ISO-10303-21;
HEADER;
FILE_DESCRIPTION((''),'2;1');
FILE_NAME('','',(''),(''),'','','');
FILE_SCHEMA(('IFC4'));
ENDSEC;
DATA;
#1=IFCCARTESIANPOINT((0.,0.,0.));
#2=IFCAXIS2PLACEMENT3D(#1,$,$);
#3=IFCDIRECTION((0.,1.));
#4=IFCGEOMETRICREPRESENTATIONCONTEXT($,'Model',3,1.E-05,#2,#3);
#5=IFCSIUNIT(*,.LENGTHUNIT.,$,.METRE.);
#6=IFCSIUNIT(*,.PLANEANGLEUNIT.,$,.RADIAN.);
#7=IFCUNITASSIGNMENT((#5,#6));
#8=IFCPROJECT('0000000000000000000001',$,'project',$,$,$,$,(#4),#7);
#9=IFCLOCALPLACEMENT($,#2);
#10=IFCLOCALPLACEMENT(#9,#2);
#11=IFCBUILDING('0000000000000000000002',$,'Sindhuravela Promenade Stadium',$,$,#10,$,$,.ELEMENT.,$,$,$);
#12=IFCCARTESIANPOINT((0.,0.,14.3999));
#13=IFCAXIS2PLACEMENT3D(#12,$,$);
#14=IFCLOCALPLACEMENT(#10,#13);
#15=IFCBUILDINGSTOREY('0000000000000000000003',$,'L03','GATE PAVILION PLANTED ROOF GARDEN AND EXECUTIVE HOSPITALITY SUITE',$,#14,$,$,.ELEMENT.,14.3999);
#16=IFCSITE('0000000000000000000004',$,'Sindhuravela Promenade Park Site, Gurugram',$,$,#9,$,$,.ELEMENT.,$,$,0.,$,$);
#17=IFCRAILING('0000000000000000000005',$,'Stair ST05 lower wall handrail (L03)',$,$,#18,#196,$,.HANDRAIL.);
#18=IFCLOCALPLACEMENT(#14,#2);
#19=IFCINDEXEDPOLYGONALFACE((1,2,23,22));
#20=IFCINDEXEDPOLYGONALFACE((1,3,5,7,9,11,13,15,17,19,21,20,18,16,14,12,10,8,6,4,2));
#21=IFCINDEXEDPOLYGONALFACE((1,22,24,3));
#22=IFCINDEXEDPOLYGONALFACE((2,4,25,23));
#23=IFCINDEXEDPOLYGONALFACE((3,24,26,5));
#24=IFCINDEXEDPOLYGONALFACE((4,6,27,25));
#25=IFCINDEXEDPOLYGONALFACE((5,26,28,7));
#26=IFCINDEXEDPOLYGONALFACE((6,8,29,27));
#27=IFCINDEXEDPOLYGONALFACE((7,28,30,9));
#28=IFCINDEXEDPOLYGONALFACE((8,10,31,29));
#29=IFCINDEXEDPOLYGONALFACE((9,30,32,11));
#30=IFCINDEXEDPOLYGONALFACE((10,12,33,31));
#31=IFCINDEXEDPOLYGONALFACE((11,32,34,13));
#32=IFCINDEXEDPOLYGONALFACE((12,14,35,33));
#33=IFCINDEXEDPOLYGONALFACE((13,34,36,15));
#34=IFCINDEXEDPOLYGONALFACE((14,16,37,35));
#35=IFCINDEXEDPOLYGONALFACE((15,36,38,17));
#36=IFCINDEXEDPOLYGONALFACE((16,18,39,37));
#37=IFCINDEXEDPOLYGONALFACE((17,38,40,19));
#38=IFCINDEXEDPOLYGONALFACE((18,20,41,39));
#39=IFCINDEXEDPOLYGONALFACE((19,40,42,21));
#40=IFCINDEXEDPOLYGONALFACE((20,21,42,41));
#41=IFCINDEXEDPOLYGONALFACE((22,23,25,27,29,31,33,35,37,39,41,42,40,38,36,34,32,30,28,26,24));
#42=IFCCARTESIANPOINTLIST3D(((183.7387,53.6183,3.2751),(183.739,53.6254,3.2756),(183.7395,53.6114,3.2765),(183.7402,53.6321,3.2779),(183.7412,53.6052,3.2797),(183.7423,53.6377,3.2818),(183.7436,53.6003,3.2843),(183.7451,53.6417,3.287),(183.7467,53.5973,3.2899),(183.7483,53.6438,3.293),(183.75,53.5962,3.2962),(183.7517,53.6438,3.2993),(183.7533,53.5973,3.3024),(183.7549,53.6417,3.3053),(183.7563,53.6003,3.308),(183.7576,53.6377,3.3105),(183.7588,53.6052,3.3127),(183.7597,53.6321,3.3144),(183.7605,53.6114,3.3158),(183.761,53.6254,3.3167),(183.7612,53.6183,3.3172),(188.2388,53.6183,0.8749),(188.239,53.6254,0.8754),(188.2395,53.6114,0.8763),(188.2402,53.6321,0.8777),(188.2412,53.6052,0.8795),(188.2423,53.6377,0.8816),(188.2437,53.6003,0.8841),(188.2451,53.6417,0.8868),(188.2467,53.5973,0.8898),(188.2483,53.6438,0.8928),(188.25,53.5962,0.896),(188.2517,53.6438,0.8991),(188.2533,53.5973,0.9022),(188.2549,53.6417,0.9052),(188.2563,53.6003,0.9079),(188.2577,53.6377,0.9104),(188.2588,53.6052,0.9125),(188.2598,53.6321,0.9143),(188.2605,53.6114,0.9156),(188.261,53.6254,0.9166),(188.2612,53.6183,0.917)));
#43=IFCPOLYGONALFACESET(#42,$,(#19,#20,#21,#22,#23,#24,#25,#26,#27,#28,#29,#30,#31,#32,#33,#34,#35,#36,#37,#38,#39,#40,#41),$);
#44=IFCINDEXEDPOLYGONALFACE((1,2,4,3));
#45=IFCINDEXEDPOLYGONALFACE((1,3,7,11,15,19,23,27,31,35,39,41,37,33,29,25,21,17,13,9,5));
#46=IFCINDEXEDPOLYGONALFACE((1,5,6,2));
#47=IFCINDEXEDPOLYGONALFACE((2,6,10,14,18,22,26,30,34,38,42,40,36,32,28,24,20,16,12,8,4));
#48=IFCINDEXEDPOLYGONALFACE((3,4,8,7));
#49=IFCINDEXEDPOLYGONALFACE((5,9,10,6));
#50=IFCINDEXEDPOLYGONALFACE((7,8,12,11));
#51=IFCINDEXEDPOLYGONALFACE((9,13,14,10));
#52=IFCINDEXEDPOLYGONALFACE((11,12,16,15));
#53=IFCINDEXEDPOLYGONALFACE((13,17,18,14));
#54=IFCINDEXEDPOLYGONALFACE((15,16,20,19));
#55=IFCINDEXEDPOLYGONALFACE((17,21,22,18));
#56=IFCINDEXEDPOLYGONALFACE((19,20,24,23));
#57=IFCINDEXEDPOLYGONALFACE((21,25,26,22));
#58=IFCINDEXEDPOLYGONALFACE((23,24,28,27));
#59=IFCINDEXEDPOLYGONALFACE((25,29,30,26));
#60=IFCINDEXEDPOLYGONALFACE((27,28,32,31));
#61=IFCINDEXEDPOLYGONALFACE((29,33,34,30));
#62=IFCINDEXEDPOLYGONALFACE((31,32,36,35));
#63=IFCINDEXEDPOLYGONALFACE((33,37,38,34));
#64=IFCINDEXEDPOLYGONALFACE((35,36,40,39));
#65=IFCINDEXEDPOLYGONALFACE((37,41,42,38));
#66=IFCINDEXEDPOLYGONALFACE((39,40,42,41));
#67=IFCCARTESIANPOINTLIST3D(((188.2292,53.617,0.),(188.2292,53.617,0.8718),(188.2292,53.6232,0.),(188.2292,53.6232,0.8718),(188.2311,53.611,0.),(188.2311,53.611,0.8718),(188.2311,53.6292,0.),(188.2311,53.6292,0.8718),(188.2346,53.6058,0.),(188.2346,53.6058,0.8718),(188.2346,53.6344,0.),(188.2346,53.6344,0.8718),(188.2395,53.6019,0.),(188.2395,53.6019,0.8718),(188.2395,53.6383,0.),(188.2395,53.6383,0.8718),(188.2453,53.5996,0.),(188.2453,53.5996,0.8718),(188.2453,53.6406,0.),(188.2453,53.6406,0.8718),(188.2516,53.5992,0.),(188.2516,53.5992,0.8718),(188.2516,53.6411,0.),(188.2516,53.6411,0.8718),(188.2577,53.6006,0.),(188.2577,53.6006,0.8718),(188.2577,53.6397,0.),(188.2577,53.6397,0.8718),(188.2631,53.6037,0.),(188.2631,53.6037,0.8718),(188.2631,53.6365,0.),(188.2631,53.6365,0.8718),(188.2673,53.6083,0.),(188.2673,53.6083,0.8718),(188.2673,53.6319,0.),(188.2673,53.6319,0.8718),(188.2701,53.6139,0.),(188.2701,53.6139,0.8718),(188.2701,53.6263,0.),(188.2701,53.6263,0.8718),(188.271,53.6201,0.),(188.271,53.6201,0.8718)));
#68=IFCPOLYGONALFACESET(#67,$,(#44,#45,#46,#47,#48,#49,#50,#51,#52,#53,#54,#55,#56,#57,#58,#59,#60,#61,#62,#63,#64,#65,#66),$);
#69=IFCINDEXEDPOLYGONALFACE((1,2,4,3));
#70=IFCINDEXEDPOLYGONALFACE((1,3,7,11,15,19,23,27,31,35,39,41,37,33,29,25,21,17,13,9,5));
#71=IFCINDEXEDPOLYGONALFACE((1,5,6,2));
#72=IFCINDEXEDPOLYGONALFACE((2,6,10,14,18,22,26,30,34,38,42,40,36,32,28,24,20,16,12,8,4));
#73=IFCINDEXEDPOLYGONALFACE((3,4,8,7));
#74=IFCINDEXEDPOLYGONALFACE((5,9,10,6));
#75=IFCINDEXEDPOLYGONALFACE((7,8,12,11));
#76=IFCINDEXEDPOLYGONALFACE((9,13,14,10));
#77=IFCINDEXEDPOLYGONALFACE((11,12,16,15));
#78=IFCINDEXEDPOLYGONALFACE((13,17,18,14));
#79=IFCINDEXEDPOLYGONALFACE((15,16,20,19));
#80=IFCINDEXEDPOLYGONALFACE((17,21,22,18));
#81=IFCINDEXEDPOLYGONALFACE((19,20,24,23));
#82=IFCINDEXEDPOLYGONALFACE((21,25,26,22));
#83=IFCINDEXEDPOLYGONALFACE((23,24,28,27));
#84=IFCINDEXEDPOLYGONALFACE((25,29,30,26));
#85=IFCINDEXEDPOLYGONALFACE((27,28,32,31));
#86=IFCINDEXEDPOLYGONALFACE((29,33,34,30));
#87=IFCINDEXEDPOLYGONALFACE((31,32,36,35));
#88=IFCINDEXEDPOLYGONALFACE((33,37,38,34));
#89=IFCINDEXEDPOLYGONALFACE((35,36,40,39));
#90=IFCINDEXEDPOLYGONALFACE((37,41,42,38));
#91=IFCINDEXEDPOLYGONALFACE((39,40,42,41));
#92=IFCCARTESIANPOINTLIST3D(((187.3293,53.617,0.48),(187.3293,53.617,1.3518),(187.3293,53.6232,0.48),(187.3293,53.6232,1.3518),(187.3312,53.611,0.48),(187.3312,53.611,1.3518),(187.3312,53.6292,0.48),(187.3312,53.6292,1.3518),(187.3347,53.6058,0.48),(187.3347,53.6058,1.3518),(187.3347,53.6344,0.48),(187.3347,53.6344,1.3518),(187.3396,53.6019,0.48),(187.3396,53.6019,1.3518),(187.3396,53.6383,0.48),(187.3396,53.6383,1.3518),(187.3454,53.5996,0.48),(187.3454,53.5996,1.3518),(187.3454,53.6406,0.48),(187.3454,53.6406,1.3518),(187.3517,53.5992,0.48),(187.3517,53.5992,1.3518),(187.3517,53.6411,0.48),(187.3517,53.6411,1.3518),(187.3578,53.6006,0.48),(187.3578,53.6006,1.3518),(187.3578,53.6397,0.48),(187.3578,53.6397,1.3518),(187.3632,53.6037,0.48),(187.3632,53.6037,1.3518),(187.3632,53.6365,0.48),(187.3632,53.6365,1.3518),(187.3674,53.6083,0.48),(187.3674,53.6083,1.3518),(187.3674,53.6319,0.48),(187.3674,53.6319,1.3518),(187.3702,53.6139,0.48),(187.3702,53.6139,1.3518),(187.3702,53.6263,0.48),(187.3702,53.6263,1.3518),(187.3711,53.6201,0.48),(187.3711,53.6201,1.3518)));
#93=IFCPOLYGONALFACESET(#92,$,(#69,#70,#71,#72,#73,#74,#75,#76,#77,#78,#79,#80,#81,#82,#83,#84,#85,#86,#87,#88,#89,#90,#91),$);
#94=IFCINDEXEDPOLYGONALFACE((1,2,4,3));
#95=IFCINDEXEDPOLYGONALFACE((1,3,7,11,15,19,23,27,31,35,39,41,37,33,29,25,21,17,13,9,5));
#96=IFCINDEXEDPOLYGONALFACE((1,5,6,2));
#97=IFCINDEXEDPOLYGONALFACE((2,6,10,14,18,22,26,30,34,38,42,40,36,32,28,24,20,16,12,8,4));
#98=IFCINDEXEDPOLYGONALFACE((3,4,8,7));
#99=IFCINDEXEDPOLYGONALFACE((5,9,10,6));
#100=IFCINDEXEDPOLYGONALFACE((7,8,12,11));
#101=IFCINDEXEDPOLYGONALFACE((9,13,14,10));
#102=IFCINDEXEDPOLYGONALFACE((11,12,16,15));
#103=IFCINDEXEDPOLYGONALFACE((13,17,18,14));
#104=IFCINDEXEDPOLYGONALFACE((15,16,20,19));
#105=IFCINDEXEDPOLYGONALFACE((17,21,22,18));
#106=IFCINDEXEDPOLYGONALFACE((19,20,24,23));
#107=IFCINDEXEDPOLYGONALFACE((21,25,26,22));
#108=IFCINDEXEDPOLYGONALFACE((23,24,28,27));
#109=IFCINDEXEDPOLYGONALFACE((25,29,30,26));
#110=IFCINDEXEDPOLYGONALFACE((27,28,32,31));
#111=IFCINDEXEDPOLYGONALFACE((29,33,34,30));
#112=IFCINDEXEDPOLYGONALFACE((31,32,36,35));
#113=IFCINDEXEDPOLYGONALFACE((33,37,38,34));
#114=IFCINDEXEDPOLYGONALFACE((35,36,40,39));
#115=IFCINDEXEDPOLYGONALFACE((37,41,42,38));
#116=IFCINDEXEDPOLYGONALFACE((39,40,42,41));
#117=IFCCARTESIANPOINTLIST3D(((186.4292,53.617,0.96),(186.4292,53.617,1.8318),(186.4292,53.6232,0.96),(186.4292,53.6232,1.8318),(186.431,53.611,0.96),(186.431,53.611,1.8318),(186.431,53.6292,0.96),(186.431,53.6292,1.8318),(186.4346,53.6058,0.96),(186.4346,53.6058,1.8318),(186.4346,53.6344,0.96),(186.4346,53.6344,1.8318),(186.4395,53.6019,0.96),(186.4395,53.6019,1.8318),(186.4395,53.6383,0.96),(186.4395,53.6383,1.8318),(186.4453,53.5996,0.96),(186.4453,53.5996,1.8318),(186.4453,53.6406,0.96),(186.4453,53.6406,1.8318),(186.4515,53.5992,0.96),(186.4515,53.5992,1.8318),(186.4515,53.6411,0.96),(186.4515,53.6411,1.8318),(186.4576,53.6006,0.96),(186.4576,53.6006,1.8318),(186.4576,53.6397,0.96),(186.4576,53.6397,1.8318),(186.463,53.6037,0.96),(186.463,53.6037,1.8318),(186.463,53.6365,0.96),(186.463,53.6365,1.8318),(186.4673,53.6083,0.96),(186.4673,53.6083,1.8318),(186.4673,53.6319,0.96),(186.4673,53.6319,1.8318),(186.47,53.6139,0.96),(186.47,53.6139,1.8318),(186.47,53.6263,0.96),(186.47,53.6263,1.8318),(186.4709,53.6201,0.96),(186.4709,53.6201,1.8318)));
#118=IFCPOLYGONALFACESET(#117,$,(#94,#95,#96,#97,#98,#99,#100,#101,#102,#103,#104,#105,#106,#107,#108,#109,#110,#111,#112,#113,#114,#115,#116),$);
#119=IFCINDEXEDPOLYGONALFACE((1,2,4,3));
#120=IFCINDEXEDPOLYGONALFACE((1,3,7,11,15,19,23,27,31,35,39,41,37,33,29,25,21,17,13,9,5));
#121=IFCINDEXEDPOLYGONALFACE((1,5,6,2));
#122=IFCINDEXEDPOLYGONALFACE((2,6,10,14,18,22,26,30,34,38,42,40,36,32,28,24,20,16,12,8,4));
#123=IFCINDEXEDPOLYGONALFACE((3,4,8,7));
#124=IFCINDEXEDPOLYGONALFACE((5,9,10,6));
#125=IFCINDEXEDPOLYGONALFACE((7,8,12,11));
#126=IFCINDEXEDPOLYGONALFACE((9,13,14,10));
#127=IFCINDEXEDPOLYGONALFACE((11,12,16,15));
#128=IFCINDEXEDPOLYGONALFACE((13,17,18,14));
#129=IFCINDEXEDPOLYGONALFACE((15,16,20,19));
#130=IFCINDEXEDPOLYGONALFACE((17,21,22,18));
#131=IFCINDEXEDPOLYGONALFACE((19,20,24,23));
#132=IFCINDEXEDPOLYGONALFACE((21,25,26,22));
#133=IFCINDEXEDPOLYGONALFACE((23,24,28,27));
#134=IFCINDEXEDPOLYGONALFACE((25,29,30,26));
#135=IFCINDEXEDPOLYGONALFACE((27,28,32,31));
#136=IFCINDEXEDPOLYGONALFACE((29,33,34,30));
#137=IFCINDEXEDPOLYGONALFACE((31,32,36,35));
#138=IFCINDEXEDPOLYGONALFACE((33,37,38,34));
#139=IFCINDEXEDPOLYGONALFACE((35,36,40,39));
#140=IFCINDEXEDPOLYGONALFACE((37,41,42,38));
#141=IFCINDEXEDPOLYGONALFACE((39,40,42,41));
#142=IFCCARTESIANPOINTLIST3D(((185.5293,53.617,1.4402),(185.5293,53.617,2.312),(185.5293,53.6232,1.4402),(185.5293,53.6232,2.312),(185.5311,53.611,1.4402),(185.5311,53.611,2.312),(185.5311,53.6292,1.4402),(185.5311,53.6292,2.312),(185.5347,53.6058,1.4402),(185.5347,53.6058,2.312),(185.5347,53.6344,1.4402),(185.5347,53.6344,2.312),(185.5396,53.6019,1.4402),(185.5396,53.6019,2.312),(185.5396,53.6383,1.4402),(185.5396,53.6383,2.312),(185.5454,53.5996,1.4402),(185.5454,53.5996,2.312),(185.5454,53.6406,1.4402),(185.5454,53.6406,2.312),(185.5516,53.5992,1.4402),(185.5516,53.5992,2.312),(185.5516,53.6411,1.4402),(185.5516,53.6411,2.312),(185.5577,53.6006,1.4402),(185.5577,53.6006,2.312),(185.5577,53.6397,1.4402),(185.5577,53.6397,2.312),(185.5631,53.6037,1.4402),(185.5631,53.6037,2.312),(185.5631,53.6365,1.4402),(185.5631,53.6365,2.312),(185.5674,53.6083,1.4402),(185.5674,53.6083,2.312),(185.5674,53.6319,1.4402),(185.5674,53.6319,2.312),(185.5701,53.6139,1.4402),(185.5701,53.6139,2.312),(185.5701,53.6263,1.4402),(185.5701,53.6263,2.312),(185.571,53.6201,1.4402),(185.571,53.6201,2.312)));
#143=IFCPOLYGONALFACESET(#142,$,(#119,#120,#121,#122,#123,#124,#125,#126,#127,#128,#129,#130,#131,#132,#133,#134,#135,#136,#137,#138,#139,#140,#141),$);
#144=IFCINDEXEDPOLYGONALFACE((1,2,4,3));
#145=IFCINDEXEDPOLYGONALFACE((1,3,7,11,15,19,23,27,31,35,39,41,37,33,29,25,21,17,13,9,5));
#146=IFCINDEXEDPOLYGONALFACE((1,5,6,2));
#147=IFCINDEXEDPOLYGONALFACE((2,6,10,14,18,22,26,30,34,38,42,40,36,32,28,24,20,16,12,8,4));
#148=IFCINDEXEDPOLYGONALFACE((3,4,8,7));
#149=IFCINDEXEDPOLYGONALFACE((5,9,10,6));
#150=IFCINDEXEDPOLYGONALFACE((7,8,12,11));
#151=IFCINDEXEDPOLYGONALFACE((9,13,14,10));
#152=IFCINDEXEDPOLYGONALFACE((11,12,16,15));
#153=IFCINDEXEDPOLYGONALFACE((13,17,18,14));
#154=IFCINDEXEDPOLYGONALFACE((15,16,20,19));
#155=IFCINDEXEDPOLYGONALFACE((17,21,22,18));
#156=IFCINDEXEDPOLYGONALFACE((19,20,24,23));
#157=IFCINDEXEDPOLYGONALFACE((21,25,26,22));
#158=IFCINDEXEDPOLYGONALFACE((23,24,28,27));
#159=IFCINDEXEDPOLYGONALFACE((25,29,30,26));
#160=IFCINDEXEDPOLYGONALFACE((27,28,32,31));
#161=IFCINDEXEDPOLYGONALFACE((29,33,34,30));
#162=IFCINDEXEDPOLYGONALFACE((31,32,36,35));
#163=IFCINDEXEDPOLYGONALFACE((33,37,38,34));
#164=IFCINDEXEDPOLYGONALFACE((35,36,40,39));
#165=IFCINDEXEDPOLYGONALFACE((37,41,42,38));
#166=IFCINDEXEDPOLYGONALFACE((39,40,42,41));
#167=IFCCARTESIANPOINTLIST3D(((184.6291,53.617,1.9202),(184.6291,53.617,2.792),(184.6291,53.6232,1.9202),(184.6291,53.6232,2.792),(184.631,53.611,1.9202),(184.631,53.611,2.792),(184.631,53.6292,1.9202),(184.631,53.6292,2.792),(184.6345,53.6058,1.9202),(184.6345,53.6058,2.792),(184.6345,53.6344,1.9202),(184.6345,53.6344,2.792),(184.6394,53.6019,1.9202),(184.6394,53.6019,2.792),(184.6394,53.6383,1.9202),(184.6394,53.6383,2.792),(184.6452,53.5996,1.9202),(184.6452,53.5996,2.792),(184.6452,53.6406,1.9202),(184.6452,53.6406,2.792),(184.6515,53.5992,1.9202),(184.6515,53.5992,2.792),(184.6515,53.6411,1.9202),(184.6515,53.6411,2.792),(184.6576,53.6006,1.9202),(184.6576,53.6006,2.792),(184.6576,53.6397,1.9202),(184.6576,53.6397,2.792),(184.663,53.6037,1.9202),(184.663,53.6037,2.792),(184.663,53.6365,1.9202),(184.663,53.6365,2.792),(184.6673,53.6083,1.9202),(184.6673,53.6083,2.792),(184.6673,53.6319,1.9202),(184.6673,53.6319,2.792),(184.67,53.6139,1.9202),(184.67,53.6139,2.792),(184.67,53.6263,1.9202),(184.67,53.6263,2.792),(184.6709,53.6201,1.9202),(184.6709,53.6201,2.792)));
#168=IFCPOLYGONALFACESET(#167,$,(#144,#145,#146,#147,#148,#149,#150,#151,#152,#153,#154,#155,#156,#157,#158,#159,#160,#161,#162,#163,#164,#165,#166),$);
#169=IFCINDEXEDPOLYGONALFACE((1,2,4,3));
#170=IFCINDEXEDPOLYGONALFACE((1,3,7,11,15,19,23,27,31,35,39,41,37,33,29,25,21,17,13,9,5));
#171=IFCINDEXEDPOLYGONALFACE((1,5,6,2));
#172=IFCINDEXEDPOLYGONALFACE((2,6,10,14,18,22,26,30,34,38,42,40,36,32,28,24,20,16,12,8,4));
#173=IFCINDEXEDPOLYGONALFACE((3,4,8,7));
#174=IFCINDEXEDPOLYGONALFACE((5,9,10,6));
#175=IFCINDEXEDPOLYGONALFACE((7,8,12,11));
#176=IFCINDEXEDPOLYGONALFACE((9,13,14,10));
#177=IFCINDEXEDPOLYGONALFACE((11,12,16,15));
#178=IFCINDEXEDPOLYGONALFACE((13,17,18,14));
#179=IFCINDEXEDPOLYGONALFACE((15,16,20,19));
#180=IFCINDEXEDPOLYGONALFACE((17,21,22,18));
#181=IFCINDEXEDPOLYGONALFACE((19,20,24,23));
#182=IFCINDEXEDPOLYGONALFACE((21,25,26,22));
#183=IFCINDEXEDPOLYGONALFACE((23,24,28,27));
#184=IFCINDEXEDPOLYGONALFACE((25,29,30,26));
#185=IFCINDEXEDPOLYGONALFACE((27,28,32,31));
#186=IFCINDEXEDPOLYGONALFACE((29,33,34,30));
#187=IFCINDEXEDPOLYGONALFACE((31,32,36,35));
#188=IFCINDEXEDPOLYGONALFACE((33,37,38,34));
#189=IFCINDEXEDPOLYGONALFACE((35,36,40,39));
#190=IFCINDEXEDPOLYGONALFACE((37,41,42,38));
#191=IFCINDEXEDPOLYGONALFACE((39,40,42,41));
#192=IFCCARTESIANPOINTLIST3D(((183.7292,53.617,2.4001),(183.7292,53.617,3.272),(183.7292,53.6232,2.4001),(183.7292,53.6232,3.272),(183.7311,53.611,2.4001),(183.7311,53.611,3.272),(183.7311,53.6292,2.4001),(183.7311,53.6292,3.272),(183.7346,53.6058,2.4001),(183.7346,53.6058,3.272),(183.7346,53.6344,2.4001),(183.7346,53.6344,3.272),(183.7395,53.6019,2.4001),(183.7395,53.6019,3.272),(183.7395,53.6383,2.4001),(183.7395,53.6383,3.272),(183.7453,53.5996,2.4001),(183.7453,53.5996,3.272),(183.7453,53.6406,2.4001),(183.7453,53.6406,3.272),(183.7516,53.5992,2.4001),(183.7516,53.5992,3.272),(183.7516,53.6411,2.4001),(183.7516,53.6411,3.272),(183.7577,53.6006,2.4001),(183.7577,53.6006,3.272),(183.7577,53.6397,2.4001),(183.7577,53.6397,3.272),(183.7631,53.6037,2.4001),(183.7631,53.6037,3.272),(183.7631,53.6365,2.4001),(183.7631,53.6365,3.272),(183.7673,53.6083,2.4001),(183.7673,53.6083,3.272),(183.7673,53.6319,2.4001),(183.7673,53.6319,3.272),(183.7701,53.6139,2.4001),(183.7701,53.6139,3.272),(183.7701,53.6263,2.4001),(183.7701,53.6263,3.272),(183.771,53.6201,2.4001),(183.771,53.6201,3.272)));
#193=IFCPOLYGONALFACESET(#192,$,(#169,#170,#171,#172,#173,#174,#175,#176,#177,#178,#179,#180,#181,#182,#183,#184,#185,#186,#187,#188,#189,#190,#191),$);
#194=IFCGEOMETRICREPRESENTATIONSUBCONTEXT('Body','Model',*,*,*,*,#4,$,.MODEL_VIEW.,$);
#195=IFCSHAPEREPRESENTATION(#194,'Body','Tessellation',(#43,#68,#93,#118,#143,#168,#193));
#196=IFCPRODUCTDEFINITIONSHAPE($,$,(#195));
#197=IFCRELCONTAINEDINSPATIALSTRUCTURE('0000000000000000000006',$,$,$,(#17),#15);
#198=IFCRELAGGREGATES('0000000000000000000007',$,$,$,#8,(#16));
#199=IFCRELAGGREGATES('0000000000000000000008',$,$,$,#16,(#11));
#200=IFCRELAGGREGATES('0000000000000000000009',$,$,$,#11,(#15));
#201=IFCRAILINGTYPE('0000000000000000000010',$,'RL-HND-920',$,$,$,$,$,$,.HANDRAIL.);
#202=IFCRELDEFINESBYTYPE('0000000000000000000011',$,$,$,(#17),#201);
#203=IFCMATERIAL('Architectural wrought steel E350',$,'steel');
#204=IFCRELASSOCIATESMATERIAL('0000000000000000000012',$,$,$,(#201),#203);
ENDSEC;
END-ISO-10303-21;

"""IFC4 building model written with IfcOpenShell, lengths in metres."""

from ifc_helpers import new_model, si_unit, direction, frame, origin, origin_2d, place, context, subcontext, project, spatial, circle, extrude, material, type_object, element, save


model = new_model("IFC4")

# Units and contexts
model_context = context("Model", 3, precision=1e-05, world=origin(), true_north=direction((0.0, 1.0)))
body_context = subcontext(model_context, "Body", "Model", "MODEL_VIEW")
ifc_project = project(units=[si_unit("LENGTHUNIT", "METRE"), si_unit("PLANEANGLEUNIT", "RADIAN")], contexts=[model_context])

# Site, building, storey
site_placement = place(None, origin())
site = spatial("IfcSite", under=ifc_project, at=site_placement, Name="Sindhuravela Promenade Park Site, Gurugram", CompositionType="ELEMENT", RefElevation=0.0)
building_placement = place(site_placement, origin())
building = spatial("IfcBuilding", under=site, at=building_placement, Name="Sindhuravela Promenade Stadium", CompositionType="ELEMENT")
storey_placement = place(building_placement, frame((0.0, 0.0, 14.3999)))
storey = spatial("IfcBuildingStorey", under=building, at=storey_placement, Name="L03", Description="GATE PAVILION PLANTED ROOF GARDEN AND EXECUTIVE HOSPITALITY SUITE", CompositionType="ELEMENT", Elevation=14.3999)

# Shared definitions
ifc_material_1 = material(Name="Architectural wrought steel E350", Category="steel")

# Railing
railing_type_1 = type_object("IfcRailingType", Name="RL-HND-920", PredefinedType="HANDRAIL", material=ifc_material_1)
railing_1_placement = place(storey_placement, frame((188.25, 53.6201, 0.0)))
element("IfcRailing", 1, at=railing_1_placement, inside=storey, type_object=railing_type_1, Name="Stair ST05 lower wall handrail (L03)", PredefinedType="HANDRAIL", context=body_context, shape_type="SweptSolid", body=[
    extrude(circle(Radius=0.0239, at=origin_2d()), frame((0.0, 0.0, 0.896), z_axis=(-0.882341, 0.0, 0.470611), x_axis=(0.0, -1.0, 0.0)), (0.0, 0.0, 1.0), 5.1001),
    extrude(circle(Radius=0.021, at=origin_2d()), origin(), (0.0, 0.0, 1.0), 0.8718),
    extrude(circle(Radius=0.021, at=origin_2d()), frame((-0.8999, 0.0, 0.48)), (0.0, 0.0, 1.0), 0.8718),
    extrude(circle(Radius=0.021, at=origin_2d()), frame((-1.8, 0.0, 0.96)), (0.0, 0.0, 1.0), 0.8718),
    extrude(circle(Radius=0.021, at=origin_2d()), frame((-2.7, 0.0, 1.4402)), (0.0, 0.0, 1.0), 0.8718),
    extrude(circle(Radius=0.021, at=origin_2d()), frame((-3.6001, 0.0, 1.9202)), (0.0, 0.0, 1.0), 0.8718),
    extrude(circle(Radius=0.021, at=origin_2d()), frame((-4.5, 0.0, 2.4001)), (0.0, 0.0, 1.0), 0.8718),
])

save(model, "model.ifc")
